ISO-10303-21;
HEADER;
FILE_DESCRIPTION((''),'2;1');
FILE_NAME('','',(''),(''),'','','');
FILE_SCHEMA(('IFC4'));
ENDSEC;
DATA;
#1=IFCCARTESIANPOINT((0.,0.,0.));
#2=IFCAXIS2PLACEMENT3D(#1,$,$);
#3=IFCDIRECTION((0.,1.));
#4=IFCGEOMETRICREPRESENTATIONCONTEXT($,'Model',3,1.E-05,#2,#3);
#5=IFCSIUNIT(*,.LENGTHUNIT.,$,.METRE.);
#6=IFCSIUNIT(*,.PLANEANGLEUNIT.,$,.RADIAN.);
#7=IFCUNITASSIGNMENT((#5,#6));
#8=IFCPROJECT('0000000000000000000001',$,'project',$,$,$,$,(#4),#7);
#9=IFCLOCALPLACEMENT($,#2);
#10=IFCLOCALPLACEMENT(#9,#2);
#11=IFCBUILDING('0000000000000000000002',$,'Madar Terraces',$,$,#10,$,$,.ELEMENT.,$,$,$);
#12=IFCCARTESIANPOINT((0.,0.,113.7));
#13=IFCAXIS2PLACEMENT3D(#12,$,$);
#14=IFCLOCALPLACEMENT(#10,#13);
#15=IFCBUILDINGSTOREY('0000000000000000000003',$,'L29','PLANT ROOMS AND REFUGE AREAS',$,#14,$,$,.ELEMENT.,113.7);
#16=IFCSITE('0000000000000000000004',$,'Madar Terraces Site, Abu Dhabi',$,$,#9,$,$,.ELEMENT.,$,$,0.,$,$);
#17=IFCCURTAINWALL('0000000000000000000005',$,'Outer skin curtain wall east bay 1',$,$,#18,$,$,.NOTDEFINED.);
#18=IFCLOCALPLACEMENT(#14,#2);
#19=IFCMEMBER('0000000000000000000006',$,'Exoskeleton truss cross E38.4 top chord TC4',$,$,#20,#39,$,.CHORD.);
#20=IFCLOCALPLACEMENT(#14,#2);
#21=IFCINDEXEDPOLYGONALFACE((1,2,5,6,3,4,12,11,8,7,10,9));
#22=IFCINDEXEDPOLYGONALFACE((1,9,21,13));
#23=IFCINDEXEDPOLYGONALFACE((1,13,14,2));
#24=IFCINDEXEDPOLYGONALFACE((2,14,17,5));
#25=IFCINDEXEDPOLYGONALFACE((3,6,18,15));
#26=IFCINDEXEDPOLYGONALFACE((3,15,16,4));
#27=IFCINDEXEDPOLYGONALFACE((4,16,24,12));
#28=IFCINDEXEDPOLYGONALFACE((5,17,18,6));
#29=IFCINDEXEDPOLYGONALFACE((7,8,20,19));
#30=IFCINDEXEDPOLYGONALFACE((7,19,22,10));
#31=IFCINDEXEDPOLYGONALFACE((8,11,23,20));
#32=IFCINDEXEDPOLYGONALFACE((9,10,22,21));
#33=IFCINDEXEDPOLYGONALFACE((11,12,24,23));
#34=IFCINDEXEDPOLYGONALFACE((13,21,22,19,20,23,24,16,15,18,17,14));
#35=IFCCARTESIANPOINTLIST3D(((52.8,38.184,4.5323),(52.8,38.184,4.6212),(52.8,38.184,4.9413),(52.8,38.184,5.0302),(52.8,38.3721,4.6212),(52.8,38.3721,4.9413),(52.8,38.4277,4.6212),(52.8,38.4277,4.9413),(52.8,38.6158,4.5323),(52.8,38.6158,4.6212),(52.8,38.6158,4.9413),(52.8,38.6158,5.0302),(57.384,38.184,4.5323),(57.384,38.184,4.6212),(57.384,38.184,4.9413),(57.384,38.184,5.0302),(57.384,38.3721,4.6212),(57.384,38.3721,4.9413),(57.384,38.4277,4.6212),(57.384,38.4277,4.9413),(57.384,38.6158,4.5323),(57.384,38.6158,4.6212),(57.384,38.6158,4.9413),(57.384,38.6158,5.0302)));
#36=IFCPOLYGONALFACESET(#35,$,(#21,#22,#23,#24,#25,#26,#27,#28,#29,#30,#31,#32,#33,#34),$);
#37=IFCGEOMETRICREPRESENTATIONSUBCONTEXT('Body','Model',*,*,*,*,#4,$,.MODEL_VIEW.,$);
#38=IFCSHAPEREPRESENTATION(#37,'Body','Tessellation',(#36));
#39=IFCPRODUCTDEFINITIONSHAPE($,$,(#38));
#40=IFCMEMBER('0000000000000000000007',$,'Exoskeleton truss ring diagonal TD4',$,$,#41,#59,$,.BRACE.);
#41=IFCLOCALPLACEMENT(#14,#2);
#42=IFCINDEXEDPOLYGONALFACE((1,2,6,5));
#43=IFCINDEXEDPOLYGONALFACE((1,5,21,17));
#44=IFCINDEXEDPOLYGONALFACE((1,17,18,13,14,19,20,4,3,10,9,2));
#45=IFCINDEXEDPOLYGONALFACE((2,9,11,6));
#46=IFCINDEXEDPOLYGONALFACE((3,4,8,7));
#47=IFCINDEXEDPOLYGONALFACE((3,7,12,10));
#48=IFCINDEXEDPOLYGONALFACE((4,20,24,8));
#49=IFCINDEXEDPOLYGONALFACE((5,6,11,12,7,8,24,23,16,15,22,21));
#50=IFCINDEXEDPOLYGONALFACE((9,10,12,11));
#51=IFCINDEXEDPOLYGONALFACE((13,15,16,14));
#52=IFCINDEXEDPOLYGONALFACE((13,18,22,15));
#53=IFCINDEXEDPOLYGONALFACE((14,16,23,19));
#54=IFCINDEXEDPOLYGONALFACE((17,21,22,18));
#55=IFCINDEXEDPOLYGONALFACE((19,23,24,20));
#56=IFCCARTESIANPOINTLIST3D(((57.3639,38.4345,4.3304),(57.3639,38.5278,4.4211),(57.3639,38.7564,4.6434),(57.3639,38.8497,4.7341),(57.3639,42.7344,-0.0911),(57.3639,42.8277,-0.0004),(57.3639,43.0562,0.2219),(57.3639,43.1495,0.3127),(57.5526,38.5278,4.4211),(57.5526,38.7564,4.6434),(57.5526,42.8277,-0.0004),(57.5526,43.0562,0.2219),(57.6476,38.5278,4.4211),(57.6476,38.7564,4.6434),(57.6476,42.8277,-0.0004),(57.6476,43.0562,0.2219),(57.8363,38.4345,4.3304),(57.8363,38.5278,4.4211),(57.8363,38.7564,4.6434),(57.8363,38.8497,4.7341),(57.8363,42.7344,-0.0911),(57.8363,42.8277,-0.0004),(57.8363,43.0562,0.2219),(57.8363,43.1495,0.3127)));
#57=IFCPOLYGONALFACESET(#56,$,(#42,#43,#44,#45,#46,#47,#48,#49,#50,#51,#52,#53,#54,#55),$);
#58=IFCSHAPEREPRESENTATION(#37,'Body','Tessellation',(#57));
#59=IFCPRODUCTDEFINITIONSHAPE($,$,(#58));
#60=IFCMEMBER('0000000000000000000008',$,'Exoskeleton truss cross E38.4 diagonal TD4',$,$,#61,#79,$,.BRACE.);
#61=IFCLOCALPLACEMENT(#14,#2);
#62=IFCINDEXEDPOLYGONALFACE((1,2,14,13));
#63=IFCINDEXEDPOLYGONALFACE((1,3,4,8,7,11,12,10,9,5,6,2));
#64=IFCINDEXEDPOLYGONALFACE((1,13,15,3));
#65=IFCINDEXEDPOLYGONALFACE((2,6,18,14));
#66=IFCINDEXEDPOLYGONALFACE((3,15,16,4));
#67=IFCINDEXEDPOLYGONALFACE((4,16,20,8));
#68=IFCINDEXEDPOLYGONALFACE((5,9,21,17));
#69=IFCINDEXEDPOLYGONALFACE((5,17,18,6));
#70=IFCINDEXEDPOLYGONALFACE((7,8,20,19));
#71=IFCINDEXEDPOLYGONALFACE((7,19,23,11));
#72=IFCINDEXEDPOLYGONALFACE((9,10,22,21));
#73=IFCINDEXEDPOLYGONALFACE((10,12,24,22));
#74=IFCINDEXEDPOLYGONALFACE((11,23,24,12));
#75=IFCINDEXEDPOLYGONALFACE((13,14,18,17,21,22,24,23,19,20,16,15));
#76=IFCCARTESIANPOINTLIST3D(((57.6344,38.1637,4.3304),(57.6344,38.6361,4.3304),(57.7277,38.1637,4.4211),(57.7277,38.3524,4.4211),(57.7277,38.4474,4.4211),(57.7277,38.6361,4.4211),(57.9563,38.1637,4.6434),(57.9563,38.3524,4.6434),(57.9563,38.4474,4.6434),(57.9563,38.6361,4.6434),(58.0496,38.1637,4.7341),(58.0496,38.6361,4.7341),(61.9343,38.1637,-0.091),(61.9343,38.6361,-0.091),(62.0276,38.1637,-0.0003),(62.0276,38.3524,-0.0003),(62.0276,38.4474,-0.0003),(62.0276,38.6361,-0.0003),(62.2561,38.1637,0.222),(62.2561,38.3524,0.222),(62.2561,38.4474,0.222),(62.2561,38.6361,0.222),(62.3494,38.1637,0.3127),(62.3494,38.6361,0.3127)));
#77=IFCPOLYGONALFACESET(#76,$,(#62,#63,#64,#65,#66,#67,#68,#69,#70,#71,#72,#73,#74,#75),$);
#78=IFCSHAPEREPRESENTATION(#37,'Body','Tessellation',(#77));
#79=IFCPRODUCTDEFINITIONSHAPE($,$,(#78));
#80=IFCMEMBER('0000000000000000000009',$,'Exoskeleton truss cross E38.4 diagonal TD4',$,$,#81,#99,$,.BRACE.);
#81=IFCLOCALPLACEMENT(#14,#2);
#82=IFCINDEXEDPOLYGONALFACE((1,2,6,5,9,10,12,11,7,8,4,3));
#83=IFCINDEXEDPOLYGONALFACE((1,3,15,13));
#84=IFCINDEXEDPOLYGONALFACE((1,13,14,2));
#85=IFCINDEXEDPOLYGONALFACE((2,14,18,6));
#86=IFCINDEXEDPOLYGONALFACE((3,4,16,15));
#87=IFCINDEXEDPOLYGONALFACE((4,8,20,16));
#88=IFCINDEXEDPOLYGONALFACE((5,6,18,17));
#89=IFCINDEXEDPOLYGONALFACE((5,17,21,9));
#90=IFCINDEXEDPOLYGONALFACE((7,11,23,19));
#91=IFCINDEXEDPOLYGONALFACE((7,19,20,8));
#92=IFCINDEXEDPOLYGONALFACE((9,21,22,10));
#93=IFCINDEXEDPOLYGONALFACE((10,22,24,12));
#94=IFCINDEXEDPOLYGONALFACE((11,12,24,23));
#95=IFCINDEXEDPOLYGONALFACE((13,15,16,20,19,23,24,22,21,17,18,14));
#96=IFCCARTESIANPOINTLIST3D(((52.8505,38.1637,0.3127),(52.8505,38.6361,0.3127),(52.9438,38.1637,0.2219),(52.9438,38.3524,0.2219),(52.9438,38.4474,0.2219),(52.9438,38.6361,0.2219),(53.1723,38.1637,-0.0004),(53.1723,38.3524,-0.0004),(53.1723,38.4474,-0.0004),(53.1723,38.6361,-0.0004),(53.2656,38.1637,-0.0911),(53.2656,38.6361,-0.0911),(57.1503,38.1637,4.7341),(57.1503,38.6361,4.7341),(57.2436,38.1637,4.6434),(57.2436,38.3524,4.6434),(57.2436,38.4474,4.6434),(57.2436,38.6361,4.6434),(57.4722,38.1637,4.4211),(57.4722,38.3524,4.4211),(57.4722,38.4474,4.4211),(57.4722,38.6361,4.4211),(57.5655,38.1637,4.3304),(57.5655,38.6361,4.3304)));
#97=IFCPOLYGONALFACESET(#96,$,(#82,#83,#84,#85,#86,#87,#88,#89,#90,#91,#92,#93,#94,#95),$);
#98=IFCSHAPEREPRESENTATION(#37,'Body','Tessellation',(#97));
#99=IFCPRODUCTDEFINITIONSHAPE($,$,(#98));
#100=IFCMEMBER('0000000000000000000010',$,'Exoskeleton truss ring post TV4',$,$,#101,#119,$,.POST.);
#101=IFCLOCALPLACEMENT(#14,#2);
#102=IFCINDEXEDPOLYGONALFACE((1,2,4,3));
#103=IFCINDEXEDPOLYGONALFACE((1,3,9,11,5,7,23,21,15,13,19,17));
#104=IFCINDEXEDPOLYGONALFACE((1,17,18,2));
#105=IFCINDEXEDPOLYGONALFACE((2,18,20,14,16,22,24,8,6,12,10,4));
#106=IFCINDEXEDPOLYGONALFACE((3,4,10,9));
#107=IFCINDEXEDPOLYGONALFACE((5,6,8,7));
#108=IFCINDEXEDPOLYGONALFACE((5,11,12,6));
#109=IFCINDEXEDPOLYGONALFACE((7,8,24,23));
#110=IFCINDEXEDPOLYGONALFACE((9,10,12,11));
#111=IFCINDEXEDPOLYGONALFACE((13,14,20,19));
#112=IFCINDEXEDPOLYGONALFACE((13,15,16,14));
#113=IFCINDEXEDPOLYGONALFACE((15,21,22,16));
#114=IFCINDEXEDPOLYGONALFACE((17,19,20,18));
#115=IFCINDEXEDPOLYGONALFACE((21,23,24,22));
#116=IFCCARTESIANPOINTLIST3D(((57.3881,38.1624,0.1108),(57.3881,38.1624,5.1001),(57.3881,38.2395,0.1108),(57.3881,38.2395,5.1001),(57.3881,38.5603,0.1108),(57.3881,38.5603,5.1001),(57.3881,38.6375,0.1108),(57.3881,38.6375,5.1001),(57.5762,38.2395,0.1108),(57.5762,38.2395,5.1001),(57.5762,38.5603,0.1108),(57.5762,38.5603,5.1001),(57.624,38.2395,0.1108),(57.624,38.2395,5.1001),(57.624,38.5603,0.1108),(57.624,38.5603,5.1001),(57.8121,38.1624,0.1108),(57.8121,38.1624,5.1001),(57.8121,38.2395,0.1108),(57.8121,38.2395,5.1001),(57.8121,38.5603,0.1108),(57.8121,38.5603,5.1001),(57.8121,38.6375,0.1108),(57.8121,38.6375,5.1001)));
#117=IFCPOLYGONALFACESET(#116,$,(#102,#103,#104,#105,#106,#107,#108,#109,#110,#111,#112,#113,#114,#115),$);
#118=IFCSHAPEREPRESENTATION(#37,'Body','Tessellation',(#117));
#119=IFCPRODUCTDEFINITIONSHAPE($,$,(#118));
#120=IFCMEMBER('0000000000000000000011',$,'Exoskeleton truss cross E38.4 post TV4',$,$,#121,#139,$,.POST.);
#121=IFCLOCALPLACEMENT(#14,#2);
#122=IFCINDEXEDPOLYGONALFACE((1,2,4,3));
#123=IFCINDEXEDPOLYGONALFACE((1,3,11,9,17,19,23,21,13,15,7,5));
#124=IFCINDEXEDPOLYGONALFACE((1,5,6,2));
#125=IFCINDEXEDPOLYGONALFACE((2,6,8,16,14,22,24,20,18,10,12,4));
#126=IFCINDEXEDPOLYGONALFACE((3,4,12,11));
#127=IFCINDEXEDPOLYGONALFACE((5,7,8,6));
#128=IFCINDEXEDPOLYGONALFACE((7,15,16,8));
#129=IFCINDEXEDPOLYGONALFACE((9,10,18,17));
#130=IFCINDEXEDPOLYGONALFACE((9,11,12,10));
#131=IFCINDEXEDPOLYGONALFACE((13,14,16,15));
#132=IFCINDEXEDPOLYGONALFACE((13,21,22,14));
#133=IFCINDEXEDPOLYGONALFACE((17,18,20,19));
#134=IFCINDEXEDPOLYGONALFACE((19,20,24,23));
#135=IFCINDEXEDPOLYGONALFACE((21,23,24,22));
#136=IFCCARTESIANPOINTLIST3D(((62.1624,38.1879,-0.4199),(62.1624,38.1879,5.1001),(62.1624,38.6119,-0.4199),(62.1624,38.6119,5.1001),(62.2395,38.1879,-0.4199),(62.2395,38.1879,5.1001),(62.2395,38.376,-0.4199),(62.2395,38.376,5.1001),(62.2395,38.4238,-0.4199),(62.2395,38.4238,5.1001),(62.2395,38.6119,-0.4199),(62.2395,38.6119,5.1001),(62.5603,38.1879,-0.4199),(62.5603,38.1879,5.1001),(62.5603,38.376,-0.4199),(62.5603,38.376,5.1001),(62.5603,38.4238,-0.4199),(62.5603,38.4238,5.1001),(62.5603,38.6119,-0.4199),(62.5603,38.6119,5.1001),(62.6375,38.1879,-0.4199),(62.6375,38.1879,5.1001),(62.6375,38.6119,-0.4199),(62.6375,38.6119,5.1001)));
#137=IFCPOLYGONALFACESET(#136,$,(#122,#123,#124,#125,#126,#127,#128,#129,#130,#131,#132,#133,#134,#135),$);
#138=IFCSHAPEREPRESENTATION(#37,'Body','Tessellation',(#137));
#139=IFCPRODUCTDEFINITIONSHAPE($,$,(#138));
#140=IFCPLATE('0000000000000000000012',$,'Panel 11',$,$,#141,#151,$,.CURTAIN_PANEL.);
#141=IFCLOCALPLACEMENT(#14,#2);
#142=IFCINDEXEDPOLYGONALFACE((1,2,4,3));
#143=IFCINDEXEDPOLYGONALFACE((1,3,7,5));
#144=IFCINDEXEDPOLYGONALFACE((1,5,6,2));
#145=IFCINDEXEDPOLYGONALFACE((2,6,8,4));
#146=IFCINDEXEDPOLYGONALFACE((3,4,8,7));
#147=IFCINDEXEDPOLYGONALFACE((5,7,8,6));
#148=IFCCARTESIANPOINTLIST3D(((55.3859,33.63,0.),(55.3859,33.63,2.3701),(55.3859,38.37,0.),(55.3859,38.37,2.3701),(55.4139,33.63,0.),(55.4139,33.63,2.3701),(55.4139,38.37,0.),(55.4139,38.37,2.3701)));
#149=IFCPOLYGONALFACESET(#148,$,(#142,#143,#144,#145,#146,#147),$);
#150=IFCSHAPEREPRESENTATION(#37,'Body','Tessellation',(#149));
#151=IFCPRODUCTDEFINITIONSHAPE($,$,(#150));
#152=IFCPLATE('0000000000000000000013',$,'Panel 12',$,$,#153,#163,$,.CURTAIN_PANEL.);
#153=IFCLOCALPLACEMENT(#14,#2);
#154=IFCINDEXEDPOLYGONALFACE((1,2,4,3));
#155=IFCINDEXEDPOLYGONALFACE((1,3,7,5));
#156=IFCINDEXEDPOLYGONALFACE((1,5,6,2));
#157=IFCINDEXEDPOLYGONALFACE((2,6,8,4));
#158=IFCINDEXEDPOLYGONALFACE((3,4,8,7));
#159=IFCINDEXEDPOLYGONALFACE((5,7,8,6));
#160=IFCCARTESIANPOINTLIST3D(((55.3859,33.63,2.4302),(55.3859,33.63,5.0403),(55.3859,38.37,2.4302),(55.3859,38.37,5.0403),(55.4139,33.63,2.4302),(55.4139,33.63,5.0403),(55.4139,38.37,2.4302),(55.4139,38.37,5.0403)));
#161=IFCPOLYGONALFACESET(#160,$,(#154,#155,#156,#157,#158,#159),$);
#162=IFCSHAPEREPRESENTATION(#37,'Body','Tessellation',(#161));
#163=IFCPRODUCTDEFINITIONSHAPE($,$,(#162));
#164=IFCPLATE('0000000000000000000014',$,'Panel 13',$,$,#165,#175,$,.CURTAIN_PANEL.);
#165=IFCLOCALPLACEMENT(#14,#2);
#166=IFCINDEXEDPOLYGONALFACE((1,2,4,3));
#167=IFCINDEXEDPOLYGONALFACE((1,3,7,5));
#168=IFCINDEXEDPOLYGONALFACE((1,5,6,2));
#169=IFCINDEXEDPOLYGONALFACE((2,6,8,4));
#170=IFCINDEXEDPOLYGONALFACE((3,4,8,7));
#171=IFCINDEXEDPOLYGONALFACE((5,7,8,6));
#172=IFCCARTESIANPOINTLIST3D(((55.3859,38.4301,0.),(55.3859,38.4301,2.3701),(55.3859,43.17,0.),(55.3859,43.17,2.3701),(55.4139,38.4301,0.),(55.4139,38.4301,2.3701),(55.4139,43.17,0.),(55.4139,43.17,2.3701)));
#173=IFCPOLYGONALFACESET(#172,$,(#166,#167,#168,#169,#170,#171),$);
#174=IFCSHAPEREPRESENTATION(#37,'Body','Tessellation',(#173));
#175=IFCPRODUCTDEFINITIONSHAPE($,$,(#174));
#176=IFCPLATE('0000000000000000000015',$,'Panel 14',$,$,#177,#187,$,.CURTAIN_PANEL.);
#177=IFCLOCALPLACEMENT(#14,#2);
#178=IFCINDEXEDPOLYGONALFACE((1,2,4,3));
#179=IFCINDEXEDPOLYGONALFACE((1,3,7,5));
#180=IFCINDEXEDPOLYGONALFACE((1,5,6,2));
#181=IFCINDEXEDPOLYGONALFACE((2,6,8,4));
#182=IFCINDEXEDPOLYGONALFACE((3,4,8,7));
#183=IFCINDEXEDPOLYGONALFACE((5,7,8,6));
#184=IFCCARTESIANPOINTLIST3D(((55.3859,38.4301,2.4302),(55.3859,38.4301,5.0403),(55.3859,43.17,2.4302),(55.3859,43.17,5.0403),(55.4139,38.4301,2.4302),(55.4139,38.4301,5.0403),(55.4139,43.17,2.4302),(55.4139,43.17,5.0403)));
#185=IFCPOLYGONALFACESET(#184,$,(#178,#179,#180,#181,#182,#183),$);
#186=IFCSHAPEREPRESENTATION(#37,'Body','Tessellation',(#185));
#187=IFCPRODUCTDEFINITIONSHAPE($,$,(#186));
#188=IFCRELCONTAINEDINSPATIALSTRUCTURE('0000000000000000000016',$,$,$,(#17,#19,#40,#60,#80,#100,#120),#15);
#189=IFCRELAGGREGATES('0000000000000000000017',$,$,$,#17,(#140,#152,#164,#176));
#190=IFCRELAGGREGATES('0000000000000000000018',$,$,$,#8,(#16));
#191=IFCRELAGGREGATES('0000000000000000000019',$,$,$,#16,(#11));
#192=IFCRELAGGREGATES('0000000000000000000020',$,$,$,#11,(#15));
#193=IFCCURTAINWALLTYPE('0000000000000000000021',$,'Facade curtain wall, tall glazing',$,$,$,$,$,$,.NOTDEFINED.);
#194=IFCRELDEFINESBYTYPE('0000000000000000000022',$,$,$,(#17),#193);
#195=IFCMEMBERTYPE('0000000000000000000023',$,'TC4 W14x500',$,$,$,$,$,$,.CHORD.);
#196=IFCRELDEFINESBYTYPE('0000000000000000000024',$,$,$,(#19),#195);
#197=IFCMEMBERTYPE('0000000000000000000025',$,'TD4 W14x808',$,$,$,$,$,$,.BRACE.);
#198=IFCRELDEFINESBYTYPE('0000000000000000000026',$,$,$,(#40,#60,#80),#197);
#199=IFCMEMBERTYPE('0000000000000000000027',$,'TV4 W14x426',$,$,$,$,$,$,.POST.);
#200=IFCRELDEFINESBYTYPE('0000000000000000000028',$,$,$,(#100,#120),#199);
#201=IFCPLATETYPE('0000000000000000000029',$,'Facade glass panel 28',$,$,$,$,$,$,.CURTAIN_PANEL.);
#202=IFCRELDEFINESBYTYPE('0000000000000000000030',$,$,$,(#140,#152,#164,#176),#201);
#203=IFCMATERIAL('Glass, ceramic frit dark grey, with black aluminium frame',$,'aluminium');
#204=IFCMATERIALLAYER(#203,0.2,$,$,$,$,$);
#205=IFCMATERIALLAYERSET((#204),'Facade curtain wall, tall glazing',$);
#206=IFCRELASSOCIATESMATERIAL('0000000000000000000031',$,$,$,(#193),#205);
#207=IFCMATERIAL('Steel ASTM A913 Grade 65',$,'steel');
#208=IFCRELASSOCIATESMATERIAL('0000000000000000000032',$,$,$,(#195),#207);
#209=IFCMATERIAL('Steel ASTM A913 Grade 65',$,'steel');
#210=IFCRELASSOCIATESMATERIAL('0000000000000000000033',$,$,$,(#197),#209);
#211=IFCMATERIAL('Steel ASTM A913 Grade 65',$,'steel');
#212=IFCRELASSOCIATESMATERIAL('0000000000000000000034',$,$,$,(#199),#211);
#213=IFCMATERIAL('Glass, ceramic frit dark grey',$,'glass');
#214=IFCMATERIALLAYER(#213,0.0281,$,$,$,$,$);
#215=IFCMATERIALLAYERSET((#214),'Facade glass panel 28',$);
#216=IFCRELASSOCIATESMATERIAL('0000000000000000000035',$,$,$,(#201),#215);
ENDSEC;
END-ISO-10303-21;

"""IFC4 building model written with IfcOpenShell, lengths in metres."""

from ifc_helpers import new_model, si_unit, direction, frame, origin, origin_2d, place, context, subcontext, project, spatial, rectangle, i_section, extrude, material, layer, layer_set, material_profile, profile_set, type_object, element, aggregate, save


model = new_model("IFC4")

# Units and contexts
model_context = context("Model", 3, precision=1e-05, world=origin(), true_north=direction((0.0, 1.0)))
body_context = subcontext(model_context, "Body", "Model", "MODEL_VIEW")
ifc_project = project(units=[si_unit("LENGTHUNIT", "METRE"), si_unit("PLANEANGLEUNIT", "RADIAN")], contexts=[model_context])

# Site, building, storey
site_placement = place(None, origin())
site = spatial("IfcSite", under=ifc_project, at=site_placement, Name="Madar Terraces Site, Abu Dhabi", CompositionType="ELEMENT", RefElevation=0.0)
building_placement = place(site_placement, origin())
building = spatial("IfcBuilding", under=site, at=building_placement, Name="Madar Terraces", CompositionType="ELEMENT")
storey_placement = place(building_placement, frame((0.0, 0.0, 113.7)))
storey = spatial("IfcBuildingStorey", under=building, at=storey_placement, Name="L29", Description="PLANT ROOMS AND REFUGE AREAS", CompositionType="ELEMENT", Elevation=113.7)

# Curtain wall
ifc_material_1 = material(Name="Glass, ceramic frit dark grey, with black aluminium frame", Category="aluminium")
ifc_layer_1 = layer(ifc_material_1, 0.2)
ifc_layer_set_1 = layer_set([ifc_layer_1], Name="Facade curtain wall, tall glazing")
curtain_wall_type = type_object("IfcCurtainWallType", Name="Facade curtain wall, tall glazing", PredefinedType="NOTDEFINED", material=ifc_layer_set_1)
curtain_wall_placement = place(storey_placement, origin())
curtain_wall = element("IfcCurtainWall", 1, at=curtain_wall_placement, inside=storey, type_object=curtain_wall_type, Name="Outer skin curtain wall east bay 1", PredefinedType="NOTDEFINED")

# Members
ifc_material_2 = material(Name="Steel ASTM A913 Grade 65", Category="steel")
ifc_material_profile_1 = material_profile(ifc_material_2, i_section(OverallWidth=0.4319, OverallDepth=0.4978, WebThickness=0.0557, FlangeThickness=0.0889, at=origin_2d()), Name="W14x500")
ifc_profile_set_1 = profile_set([ifc_material_profile_1], Name="Steel ASTM A913 Grade 65")
member_type_1 = type_object("IfcMemberType", Name="TC4 W14x500", PredefinedType="CHORD", material=ifc_profile_set_1)
for number, where, z_axis, x_axis, name in (
    (2, (57.384, 38.3999, 4.7812), (-1.0, 0.0, 0.0), (0.0, -1.0, 0.0), "Exoskeleton truss cross E38.4 top chord TC4"),
):
    element("IfcMember", number, at=place(storey_placement, frame(where, z_axis=z_axis, x_axis=x_axis)), inside=storey, type_object=member_type_1, Name=name, PredefinedType="CHORD", context=body_context, shape_type="SweptSolid", body=[
        extrude(i_section(OverallWidth=0.4319, OverallDepth=0.4978, WebThickness=0.0557, FlangeThickness=0.0889, at=origin_2d()), origin(), (0.0, 0.0, 1.0), 4.584),
    ])
ifc_material_3 = material(Name="Steel ASTM A913 Grade 65", Category="steel")
ifc_material_profile_2 = material_profile(ifc_material_3, i_section(OverallWidth=0.4724, OverallDepth=0.5791, WebThickness=0.095, FlangeThickness=0.1301, at=origin_2d()), Name="W14x808")
ifc_profile_set_2 = profile_set([ifc_material_profile_2], Name="Steel ASTM A913 Grade 65")
member_type_2 = type_object("IfcMemberType", Name="TD4 W14x808", PredefinedType="BRACE", material=ifc_profile_set_2)
for number, where, z_axis, x_axis, name in (
    (3, (57.6001, 38.6421, 4.5322), (0.0, 0.697181, -0.716895), (-1.0, 0.0, 0.0), "Exoskeleton truss ring diagonal TD4"),
    (4, (62.1418, 38.3999, 0.1108), (-0.697181, 0.0, 0.716895), (0.0, -1.0, 0.0), "Exoskeleton truss cross E38.4 diagonal TD4"),
    (5, (57.3579, 38.3999, 4.5322), (-0.697181, 0.0, -0.716895), (0.0, -1.0, 0.0), "Exoskeleton truss cross E38.4 diagonal TD4"),
):
    element("IfcMember", number, at=place(storey_placement, frame(where, z_axis=z_axis, x_axis=x_axis)), inside=storey, type_object=member_type_2, Name=name, PredefinedType="BRACE", context=body_context, shape_type="SweptSolid", body=[
        extrude(i_section(OverallWidth=0.4724, OverallDepth=0.5791, WebThickness=0.095, FlangeThickness=0.1301, at=origin_2d()), origin(), (0.0, 0.0, 1.0), 6.1675),
    ])
ifc_material_4 = material(Name="Steel ASTM A913 Grade 65", Category="steel")
ifc_material_profile_3 = material_profile(ifc_material_4, i_section(OverallWidth=0.4241, OverallDepth=0.4751, WebThickness=0.0479, FlangeThickness=0.0771, at=origin_2d()), Name="W14x426")
ifc_profile_set_3 = profile_set([ifc_material_profile_3], Name="Steel ASTM A913 Grade 65")
member_type_3 = type_object("IfcMemberType", Name="TV4 W14x426", PredefinedType="POST", material=ifc_profile_set_3)
member_1_placement = place(storey_placement, frame((57.6001, 38.3999, 0.1108), z_axis=(0.0, 0.0, 1.0), x_axis=(-1.0, 0.0, 0.0)))
element("IfcMember", 6, at=member_1_placement, inside=storey, type_object=member_type_3, Name="Exoskeleton truss ring post TV4", PredefinedType="POST", context=body_context, shape_type="SweptSolid", body=[
    extrude(i_section(OverallWidth=0.4241, OverallDepth=0.4751, WebThickness=0.0479, FlangeThickness=0.0771, at=origin_2d()), origin(), (0.0, 0.0, 1.0), 4.9893),
])
member_2_placement = place(storey_placement, frame((62.3999, 38.3999, -0.4199), z_axis=(0.0, 0.0, 1.0), x_axis=(0.0, 1.0, 0.0)))
element("IfcMember", 7, at=member_2_placement, inside=storey, type_object=member_type_3, Name="Exoskeleton truss cross E38.4 post TV4", PredefinedType="POST", context=body_context, shape_type="SweptSolid", body=[
    extrude(i_section(OverallWidth=0.4241, OverallDepth=0.4751, WebThickness=0.0479, FlangeThickness=0.0771, at=origin_2d()), origin(), (0.0, 0.0, 1.0), 5.52),
])

# Plates
ifc_material_5 = material(Name="Glass, ceramic frit dark grey", Category="glass")
ifc_layer_2 = layer(ifc_material_5, 0.0281)
ifc_layer_set_2 = layer_set([ifc_layer_2], Name="Facade glass panel 28")
plate_type = type_object("IfcPlateType", Name="Facade glass panel 28", PredefinedType="CURTAIN_PANEL", material=ifc_layer_set_2)
plate_1_placement = place(storey_placement, frame((55.3999, 36.0, 0.0), z_axis=(0.0, 0.0, 1.0), x_axis=(0.0, 1.0, 0.0)))
plate_1 = element("IfcPlate", 8, at=plate_1_placement, type_object=plate_type, Name="Panel 11", PredefinedType="CURTAIN_PANEL", context=body_context, shape_type="SweptSolid", body=[
    extrude(rectangle(XDim=4.74, YDim=0.0281, at=origin_2d()), origin(), (0.0, 0.0, 1.0), 2.3701),
])
plate_2_placement = place(storey_placement, frame((55.3999, 36.0, 2.4302), z_axis=(0.0, 0.0, 1.0), x_axis=(0.0, 1.0, 0.0)))
plate_2 = element("IfcPlate", 9, at=plate_2_placement, type_object=plate_type, Name="Panel 12", PredefinedType="CURTAIN_PANEL", context=body_context, shape_type="SweptSolid", body=[
    extrude(rectangle(XDim=4.74, YDim=0.0281, at=origin_2d()), origin(), (0.0, 0.0, 1.0), 2.6101),
])
plate_3_placement = place(storey_placement, frame((55.3999, 40.8, 0.0), z_axis=(0.0, 0.0, 1.0), x_axis=(0.0, 1.0, 0.0)))
plate_3 = element("IfcPlate", 10, at=plate_3_placement, type_object=plate_type, Name="Panel 13", PredefinedType="CURTAIN_PANEL", context=body_context, shape_type="SweptSolid", body=[
    extrude(rectangle(XDim=4.74, YDim=0.0281, at=origin_2d()), origin(), (0.0, 0.0, 1.0), 2.3701),
])
plate_4_placement = place(storey_placement, frame((55.3999, 40.8, 2.4302), z_axis=(0.0, 0.0, 1.0), x_axis=(0.0, 1.0, 0.0)))
plate_4 = element("IfcPlate", 11, at=plate_4_placement, type_object=plate_type, Name="Panel 14", PredefinedType="CURTAIN_PANEL", context=body_context, shape_type="SweptSolid", body=[
    extrude(rectangle(XDim=4.74, YDim=0.0281, at=origin_2d()), origin(), (0.0, 0.0, 1.0), 2.6101),
])
aggregate(curtain_wall, [plate_1, plate_2, plate_3, plate_4])

save(model, "model.ifc")
